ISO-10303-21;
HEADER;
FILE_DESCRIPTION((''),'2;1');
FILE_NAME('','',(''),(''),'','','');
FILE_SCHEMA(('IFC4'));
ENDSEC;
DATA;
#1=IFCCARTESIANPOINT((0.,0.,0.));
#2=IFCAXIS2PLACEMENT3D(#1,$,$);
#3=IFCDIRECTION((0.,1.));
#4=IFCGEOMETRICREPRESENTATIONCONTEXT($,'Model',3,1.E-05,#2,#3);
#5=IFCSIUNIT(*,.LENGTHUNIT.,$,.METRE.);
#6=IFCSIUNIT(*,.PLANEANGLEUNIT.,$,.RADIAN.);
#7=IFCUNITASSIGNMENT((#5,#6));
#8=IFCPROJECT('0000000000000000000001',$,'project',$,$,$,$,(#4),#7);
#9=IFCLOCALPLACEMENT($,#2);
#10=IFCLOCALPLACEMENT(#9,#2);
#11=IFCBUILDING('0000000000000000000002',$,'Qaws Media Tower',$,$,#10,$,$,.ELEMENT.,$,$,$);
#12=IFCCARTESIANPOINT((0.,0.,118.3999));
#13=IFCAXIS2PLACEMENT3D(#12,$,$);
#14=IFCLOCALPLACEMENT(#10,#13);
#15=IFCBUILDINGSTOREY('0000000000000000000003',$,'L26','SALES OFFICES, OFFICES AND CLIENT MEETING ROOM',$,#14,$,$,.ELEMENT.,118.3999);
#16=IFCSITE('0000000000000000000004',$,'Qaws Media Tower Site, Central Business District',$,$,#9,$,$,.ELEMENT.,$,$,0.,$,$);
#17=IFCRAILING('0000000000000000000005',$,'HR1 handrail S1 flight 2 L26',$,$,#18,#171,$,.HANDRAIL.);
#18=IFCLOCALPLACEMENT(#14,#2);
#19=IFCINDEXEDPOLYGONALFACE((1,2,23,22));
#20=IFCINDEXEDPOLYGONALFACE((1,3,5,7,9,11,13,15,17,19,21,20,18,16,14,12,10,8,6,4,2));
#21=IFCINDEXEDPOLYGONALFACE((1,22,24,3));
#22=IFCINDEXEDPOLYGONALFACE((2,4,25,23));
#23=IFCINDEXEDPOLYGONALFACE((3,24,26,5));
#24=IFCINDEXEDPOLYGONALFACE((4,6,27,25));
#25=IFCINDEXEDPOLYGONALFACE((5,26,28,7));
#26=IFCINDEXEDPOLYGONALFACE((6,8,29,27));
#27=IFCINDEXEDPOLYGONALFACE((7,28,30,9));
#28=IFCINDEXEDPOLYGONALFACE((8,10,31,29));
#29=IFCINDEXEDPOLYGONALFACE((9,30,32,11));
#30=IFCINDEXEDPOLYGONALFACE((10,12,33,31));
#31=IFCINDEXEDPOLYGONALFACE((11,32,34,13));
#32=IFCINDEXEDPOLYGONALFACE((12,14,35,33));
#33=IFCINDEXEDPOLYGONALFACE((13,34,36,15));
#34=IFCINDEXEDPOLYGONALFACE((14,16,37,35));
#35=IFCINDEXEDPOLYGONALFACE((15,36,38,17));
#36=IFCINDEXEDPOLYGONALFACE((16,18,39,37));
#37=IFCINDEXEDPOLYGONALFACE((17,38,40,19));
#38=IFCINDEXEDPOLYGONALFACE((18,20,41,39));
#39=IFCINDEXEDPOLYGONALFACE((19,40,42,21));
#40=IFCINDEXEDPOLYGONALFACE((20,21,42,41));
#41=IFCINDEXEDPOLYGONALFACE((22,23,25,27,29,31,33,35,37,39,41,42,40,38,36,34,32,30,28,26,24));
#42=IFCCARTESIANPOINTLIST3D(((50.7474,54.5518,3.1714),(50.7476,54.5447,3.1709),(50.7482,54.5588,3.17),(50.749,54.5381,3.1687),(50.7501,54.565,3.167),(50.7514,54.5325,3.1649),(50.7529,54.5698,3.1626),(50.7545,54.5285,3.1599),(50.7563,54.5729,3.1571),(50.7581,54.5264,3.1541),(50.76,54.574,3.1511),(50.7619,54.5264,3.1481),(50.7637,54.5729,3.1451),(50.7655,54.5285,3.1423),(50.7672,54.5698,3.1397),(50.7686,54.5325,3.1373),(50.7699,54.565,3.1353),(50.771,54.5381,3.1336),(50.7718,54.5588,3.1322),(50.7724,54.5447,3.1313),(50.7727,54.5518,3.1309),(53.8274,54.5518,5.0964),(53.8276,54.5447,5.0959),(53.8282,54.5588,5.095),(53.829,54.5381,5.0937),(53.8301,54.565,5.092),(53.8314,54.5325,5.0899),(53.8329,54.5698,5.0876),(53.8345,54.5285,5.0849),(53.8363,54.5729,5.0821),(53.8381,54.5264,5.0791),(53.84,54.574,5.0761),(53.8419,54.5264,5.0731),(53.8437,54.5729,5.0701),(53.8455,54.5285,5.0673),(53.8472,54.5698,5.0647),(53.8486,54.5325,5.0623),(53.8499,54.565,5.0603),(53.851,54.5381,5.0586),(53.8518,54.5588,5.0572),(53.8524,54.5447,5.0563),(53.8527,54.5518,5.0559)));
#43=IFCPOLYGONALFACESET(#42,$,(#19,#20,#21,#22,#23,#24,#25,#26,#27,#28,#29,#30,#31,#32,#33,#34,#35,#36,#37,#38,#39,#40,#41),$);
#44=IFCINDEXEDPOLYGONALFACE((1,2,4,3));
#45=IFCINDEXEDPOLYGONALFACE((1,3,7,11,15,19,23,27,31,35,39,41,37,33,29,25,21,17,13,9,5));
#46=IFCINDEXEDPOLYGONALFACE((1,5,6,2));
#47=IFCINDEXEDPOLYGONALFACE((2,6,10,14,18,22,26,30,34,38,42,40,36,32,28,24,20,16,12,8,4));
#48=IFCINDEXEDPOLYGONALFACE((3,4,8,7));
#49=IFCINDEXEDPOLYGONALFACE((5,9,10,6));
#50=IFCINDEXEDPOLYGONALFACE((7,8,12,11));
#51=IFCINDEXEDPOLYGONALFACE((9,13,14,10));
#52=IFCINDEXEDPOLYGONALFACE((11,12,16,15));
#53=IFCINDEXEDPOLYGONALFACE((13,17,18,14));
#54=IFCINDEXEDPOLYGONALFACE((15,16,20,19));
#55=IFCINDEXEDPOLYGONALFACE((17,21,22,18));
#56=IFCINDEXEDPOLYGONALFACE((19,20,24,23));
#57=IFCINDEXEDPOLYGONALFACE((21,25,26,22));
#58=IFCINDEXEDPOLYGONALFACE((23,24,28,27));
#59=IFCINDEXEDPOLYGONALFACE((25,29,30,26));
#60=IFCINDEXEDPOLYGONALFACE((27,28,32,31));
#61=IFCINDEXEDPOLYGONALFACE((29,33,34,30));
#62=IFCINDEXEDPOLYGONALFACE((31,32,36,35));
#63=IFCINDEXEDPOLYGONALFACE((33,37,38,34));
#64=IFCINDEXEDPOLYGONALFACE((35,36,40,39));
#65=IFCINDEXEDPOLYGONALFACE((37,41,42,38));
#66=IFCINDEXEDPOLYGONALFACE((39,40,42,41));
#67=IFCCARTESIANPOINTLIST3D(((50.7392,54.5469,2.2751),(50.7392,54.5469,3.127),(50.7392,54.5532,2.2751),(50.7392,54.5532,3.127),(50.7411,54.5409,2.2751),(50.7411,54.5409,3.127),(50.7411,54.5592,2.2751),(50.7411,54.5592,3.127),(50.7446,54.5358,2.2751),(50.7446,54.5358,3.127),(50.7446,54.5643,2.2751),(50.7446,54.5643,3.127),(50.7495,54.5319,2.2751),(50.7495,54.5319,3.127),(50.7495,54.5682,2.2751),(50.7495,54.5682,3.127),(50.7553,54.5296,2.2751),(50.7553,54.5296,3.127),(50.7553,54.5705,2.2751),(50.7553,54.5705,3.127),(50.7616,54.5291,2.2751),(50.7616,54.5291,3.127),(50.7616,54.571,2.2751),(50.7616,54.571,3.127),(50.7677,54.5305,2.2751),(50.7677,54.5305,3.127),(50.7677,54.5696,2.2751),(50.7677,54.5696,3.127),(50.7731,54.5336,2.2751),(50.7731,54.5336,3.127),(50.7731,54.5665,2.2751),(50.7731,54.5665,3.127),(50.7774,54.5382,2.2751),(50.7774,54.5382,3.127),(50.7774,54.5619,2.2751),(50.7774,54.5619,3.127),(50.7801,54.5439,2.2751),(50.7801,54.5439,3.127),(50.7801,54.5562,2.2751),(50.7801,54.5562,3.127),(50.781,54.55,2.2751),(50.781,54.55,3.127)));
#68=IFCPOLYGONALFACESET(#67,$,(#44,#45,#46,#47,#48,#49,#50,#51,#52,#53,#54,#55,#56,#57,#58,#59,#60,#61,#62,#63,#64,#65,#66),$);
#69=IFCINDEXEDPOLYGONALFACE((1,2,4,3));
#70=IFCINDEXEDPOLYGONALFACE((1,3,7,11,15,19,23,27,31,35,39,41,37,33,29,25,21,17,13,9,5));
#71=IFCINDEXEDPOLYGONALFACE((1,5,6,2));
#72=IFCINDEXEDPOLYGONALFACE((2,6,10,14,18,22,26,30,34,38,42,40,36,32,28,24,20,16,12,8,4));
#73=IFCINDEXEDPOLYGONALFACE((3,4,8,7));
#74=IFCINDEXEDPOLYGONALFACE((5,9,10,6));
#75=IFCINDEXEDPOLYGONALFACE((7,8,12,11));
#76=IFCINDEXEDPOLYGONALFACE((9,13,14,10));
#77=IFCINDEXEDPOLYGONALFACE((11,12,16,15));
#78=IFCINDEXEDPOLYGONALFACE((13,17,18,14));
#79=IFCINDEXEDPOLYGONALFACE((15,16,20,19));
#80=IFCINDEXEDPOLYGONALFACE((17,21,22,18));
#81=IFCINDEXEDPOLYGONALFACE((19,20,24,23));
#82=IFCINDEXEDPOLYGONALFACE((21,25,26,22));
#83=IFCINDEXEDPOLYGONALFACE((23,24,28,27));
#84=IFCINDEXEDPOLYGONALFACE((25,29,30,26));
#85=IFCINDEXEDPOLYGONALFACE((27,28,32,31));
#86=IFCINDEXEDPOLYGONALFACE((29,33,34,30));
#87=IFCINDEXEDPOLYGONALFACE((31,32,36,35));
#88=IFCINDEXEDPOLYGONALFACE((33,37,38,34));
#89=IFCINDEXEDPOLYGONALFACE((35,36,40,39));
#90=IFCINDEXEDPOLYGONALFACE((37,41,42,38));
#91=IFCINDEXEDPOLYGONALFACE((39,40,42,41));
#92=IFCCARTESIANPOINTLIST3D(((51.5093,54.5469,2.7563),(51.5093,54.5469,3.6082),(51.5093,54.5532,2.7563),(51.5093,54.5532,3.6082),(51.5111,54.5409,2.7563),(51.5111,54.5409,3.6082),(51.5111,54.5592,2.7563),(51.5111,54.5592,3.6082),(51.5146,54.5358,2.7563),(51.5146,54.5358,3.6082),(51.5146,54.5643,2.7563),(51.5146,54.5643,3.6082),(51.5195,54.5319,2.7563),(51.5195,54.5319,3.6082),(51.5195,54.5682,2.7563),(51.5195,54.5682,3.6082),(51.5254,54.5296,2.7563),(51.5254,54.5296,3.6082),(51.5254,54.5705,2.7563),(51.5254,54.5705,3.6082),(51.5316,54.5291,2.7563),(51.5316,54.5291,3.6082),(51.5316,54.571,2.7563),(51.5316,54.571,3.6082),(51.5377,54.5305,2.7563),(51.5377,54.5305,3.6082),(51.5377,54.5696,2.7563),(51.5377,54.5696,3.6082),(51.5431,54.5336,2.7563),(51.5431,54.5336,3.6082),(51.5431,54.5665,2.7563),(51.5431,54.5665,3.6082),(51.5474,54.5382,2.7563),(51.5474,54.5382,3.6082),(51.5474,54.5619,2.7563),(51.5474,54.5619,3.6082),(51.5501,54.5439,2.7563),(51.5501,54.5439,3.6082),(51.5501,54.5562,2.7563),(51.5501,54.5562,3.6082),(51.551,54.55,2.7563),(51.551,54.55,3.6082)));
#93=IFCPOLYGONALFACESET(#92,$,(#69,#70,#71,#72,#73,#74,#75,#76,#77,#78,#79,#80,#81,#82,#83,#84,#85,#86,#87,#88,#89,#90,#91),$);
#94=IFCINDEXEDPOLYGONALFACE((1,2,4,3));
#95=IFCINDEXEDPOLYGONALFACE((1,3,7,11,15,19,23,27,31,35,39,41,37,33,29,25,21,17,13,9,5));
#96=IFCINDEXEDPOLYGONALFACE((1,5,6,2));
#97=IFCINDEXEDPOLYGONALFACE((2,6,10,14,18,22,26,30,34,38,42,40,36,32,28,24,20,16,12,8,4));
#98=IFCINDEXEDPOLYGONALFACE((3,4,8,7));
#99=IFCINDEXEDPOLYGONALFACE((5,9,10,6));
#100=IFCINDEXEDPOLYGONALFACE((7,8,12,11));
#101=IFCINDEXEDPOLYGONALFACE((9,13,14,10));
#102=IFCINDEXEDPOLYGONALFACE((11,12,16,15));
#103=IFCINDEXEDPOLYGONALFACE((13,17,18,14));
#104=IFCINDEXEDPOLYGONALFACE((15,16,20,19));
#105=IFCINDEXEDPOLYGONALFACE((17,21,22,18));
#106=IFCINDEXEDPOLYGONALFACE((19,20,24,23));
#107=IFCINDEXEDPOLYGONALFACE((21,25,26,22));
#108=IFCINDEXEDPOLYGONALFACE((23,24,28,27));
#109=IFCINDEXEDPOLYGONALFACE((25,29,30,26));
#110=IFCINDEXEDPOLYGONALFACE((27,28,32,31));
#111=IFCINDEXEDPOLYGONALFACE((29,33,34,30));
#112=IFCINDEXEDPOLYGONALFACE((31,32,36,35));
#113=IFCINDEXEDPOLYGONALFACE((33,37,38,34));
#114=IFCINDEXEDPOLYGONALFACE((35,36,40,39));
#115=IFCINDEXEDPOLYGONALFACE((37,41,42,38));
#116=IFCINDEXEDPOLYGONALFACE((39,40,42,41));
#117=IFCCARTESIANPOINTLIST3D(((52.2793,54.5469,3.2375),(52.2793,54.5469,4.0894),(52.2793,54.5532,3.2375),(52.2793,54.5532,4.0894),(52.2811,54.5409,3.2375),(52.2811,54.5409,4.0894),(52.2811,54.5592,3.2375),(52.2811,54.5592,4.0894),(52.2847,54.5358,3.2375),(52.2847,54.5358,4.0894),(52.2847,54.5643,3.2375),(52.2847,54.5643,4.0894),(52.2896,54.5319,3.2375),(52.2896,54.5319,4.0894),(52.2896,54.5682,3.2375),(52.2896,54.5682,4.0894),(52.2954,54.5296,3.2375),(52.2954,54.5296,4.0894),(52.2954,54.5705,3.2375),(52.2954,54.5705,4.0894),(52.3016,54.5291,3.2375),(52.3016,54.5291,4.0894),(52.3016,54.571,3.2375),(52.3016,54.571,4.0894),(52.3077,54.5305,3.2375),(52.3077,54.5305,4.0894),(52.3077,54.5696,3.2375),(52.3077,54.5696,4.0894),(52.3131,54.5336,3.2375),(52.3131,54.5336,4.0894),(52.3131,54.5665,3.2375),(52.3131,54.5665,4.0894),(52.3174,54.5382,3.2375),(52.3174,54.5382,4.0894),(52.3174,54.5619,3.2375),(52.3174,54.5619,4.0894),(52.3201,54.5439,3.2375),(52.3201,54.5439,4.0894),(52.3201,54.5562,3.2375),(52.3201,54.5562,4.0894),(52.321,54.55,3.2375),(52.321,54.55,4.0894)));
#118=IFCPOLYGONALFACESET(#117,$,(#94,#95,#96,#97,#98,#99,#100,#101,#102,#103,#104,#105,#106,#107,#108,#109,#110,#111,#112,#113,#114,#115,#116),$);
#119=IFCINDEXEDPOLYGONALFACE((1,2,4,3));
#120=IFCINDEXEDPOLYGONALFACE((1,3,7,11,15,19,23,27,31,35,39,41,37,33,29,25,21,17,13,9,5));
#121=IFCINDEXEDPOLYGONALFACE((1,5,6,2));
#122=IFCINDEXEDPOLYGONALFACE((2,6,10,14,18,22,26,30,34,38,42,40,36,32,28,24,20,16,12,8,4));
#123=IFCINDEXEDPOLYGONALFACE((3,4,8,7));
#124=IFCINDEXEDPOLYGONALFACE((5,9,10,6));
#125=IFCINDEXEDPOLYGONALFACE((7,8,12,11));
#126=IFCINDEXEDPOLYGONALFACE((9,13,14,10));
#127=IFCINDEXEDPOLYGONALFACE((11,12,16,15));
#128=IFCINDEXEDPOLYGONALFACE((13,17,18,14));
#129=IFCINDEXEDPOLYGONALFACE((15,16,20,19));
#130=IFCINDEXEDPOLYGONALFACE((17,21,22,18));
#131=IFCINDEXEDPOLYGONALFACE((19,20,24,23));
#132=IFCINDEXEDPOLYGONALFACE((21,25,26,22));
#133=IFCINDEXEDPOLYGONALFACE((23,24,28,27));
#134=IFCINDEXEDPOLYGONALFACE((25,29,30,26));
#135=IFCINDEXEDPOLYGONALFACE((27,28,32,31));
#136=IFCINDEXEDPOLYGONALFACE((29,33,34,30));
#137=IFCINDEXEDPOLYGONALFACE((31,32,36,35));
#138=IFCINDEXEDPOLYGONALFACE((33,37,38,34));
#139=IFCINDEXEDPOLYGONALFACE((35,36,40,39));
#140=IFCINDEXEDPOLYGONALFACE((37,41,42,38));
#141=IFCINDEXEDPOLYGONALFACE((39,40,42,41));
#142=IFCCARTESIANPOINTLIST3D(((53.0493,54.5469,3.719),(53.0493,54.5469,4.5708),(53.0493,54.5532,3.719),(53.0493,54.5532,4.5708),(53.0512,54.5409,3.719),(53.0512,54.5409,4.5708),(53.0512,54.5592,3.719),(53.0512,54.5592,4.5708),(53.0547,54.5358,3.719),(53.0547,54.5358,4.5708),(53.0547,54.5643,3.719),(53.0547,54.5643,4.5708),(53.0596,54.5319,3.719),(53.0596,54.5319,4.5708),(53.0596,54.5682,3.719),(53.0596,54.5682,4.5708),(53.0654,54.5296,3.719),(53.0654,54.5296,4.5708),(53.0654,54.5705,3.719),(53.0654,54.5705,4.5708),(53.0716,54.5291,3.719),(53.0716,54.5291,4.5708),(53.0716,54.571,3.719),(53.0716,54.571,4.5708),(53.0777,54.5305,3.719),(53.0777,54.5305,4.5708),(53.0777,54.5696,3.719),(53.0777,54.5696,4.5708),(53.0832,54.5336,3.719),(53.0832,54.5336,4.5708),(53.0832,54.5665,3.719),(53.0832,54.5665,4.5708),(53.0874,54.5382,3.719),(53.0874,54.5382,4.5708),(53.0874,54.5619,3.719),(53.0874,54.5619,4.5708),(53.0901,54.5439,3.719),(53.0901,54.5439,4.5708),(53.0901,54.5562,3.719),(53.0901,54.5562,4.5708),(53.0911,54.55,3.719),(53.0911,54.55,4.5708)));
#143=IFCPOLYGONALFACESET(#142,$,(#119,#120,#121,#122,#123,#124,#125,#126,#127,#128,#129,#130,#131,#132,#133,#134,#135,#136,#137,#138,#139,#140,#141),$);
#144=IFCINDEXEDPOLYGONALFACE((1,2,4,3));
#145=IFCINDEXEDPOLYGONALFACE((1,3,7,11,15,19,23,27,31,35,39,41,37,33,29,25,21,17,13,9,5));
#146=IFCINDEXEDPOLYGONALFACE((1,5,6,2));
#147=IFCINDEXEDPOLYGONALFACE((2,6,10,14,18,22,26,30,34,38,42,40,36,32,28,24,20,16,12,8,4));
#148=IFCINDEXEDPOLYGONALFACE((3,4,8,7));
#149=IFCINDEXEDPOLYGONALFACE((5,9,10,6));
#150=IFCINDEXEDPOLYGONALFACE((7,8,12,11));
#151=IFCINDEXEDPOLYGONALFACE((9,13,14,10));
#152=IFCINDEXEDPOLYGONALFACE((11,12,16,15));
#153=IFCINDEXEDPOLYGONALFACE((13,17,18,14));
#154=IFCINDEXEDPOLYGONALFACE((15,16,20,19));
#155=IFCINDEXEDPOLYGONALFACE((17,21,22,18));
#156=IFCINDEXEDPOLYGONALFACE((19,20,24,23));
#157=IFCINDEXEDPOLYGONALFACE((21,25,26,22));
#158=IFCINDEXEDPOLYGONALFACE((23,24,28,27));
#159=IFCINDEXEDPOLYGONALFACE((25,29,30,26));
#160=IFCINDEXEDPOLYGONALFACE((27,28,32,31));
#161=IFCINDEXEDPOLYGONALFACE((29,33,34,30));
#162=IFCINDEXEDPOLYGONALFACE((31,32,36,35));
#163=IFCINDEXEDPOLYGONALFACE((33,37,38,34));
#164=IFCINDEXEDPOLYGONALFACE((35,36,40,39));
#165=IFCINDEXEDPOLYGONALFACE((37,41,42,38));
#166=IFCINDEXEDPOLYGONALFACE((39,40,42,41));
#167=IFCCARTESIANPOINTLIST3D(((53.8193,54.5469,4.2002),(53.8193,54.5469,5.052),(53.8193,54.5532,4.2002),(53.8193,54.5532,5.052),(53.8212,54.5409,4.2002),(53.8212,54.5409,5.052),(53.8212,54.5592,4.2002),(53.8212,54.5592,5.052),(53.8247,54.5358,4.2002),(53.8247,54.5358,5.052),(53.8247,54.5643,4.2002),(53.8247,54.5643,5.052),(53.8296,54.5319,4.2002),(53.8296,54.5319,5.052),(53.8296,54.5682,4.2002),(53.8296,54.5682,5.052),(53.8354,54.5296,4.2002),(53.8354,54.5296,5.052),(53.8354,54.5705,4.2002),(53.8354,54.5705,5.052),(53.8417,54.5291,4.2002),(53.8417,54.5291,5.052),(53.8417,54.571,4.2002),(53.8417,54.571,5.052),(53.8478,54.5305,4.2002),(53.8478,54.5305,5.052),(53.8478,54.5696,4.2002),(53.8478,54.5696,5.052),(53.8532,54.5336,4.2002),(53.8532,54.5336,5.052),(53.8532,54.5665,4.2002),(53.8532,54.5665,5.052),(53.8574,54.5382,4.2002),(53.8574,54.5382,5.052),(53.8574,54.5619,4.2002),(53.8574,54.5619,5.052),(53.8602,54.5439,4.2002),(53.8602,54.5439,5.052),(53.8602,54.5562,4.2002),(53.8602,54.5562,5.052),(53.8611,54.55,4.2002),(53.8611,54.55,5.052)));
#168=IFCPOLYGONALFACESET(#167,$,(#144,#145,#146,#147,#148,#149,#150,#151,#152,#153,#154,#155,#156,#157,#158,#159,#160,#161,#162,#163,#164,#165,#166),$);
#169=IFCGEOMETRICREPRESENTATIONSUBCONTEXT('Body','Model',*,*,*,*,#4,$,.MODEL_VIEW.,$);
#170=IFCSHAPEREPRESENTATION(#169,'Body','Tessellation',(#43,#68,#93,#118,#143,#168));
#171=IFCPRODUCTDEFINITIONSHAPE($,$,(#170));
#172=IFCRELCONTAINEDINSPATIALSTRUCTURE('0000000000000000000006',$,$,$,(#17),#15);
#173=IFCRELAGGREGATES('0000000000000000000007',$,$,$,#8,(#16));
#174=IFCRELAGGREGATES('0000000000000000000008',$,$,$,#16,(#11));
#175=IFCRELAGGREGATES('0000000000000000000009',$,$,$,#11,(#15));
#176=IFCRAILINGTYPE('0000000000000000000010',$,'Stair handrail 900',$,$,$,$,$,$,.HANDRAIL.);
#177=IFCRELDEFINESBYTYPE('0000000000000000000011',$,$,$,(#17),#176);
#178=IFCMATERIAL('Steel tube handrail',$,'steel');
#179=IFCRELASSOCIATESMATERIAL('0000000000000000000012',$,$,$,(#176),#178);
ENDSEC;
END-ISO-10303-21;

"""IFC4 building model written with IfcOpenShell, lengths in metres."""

from ifc_helpers import new_model, si_unit, direction, frame, origin, origin_2d, place, context, subcontext, project, spatial, circle, extrude, material, type_object, element, save


model = new_model("IFC4")

# Units and contexts
model_context = context("Model", 3, precision=1e-05, world=origin(), true_north=direction((0.0, 1.0)))
body_context = subcontext(model_context, "Body", "Model", "MODEL_VIEW")
ifc_project = project(units=[si_unit("LENGTHUNIT", "METRE"), si_unit("PLANEANGLEUNIT", "RADIAN")], contexts=[model_context])

# Site, building, storey
site_placement = place(None, origin())
site = spatial("IfcSite", under=ifc_project, at=site_placement, Name="Qaws Media Tower Site, Central Business District", CompositionType="ELEMENT", RefElevation=0.0)
building_placement = place(site_placement, origin())
building = spatial("IfcBuilding", under=site, at=building_placement, Name="Qaws Media Tower", CompositionType="ELEMENT")
storey_placement = place(building_placement, frame((0.0, 0.0, 118.3999)))
storey = spatial("IfcBuildingStorey", under=building, at=storey_placement, Name="L26", Description="SALES OFFICES, OFFICES AND CLIENT MEETING ROOM", CompositionType="ELEMENT", Elevation=118.3999)

# Railing
ifc_material_1 = material(Name="Steel tube handrail", Category="steel")
railing_type = type_object("IfcRailingType", Name="Stair handrail 900", PredefinedType="HANDRAIL", material=ifc_material_1)
for number, where, name in (
    (1, (50.76, 54.55, 2.2751), "HR1 handrail S1 flight 2 L26"),
):
    element("IfcRailing", number, at=place(storey_placement, frame(where)), inside=storey, type_object=railing_type, Name=name, PredefinedType="HANDRAIL", context=body_context, shape_type="SweptSolid", body=[
        extrude(circle(Radius=0.0239, at=origin_2d()), frame((0.0, 0.0, 0.876), z_axis=(0.847998, 0.0, 0.529999), x_axis=(0.0, 1.0, 0.0)), (0.0, 0.0, 1.0), 3.6321),
        extrude(circle(Radius=0.021, at=origin_2d()), origin(), (0.0, 0.0, 1.0), 0.8518),
        extrude(circle(Radius=0.021, at=origin_2d()), frame((0.77, 0.0, 0.4812)), (0.0, 0.0, 1.0), 0.8518),
        extrude(circle(Radius=0.021, at=origin_2d()), frame((1.54, 0.0, 0.9624)), (0.0, 0.0, 1.0), 0.8518),
        extrude(circle(Radius=0.021, at=origin_2d()), frame((2.3101, 0.0, 1.4438)), (0.0, 0.0, 1.0), 0.8518),
        extrude(circle(Radius=0.021, at=origin_2d()), frame((3.0801, 0.0, 1.925)), (0.0, 0.0, 1.0), 0.8518),
    ])

save(model, "model.ifc")
